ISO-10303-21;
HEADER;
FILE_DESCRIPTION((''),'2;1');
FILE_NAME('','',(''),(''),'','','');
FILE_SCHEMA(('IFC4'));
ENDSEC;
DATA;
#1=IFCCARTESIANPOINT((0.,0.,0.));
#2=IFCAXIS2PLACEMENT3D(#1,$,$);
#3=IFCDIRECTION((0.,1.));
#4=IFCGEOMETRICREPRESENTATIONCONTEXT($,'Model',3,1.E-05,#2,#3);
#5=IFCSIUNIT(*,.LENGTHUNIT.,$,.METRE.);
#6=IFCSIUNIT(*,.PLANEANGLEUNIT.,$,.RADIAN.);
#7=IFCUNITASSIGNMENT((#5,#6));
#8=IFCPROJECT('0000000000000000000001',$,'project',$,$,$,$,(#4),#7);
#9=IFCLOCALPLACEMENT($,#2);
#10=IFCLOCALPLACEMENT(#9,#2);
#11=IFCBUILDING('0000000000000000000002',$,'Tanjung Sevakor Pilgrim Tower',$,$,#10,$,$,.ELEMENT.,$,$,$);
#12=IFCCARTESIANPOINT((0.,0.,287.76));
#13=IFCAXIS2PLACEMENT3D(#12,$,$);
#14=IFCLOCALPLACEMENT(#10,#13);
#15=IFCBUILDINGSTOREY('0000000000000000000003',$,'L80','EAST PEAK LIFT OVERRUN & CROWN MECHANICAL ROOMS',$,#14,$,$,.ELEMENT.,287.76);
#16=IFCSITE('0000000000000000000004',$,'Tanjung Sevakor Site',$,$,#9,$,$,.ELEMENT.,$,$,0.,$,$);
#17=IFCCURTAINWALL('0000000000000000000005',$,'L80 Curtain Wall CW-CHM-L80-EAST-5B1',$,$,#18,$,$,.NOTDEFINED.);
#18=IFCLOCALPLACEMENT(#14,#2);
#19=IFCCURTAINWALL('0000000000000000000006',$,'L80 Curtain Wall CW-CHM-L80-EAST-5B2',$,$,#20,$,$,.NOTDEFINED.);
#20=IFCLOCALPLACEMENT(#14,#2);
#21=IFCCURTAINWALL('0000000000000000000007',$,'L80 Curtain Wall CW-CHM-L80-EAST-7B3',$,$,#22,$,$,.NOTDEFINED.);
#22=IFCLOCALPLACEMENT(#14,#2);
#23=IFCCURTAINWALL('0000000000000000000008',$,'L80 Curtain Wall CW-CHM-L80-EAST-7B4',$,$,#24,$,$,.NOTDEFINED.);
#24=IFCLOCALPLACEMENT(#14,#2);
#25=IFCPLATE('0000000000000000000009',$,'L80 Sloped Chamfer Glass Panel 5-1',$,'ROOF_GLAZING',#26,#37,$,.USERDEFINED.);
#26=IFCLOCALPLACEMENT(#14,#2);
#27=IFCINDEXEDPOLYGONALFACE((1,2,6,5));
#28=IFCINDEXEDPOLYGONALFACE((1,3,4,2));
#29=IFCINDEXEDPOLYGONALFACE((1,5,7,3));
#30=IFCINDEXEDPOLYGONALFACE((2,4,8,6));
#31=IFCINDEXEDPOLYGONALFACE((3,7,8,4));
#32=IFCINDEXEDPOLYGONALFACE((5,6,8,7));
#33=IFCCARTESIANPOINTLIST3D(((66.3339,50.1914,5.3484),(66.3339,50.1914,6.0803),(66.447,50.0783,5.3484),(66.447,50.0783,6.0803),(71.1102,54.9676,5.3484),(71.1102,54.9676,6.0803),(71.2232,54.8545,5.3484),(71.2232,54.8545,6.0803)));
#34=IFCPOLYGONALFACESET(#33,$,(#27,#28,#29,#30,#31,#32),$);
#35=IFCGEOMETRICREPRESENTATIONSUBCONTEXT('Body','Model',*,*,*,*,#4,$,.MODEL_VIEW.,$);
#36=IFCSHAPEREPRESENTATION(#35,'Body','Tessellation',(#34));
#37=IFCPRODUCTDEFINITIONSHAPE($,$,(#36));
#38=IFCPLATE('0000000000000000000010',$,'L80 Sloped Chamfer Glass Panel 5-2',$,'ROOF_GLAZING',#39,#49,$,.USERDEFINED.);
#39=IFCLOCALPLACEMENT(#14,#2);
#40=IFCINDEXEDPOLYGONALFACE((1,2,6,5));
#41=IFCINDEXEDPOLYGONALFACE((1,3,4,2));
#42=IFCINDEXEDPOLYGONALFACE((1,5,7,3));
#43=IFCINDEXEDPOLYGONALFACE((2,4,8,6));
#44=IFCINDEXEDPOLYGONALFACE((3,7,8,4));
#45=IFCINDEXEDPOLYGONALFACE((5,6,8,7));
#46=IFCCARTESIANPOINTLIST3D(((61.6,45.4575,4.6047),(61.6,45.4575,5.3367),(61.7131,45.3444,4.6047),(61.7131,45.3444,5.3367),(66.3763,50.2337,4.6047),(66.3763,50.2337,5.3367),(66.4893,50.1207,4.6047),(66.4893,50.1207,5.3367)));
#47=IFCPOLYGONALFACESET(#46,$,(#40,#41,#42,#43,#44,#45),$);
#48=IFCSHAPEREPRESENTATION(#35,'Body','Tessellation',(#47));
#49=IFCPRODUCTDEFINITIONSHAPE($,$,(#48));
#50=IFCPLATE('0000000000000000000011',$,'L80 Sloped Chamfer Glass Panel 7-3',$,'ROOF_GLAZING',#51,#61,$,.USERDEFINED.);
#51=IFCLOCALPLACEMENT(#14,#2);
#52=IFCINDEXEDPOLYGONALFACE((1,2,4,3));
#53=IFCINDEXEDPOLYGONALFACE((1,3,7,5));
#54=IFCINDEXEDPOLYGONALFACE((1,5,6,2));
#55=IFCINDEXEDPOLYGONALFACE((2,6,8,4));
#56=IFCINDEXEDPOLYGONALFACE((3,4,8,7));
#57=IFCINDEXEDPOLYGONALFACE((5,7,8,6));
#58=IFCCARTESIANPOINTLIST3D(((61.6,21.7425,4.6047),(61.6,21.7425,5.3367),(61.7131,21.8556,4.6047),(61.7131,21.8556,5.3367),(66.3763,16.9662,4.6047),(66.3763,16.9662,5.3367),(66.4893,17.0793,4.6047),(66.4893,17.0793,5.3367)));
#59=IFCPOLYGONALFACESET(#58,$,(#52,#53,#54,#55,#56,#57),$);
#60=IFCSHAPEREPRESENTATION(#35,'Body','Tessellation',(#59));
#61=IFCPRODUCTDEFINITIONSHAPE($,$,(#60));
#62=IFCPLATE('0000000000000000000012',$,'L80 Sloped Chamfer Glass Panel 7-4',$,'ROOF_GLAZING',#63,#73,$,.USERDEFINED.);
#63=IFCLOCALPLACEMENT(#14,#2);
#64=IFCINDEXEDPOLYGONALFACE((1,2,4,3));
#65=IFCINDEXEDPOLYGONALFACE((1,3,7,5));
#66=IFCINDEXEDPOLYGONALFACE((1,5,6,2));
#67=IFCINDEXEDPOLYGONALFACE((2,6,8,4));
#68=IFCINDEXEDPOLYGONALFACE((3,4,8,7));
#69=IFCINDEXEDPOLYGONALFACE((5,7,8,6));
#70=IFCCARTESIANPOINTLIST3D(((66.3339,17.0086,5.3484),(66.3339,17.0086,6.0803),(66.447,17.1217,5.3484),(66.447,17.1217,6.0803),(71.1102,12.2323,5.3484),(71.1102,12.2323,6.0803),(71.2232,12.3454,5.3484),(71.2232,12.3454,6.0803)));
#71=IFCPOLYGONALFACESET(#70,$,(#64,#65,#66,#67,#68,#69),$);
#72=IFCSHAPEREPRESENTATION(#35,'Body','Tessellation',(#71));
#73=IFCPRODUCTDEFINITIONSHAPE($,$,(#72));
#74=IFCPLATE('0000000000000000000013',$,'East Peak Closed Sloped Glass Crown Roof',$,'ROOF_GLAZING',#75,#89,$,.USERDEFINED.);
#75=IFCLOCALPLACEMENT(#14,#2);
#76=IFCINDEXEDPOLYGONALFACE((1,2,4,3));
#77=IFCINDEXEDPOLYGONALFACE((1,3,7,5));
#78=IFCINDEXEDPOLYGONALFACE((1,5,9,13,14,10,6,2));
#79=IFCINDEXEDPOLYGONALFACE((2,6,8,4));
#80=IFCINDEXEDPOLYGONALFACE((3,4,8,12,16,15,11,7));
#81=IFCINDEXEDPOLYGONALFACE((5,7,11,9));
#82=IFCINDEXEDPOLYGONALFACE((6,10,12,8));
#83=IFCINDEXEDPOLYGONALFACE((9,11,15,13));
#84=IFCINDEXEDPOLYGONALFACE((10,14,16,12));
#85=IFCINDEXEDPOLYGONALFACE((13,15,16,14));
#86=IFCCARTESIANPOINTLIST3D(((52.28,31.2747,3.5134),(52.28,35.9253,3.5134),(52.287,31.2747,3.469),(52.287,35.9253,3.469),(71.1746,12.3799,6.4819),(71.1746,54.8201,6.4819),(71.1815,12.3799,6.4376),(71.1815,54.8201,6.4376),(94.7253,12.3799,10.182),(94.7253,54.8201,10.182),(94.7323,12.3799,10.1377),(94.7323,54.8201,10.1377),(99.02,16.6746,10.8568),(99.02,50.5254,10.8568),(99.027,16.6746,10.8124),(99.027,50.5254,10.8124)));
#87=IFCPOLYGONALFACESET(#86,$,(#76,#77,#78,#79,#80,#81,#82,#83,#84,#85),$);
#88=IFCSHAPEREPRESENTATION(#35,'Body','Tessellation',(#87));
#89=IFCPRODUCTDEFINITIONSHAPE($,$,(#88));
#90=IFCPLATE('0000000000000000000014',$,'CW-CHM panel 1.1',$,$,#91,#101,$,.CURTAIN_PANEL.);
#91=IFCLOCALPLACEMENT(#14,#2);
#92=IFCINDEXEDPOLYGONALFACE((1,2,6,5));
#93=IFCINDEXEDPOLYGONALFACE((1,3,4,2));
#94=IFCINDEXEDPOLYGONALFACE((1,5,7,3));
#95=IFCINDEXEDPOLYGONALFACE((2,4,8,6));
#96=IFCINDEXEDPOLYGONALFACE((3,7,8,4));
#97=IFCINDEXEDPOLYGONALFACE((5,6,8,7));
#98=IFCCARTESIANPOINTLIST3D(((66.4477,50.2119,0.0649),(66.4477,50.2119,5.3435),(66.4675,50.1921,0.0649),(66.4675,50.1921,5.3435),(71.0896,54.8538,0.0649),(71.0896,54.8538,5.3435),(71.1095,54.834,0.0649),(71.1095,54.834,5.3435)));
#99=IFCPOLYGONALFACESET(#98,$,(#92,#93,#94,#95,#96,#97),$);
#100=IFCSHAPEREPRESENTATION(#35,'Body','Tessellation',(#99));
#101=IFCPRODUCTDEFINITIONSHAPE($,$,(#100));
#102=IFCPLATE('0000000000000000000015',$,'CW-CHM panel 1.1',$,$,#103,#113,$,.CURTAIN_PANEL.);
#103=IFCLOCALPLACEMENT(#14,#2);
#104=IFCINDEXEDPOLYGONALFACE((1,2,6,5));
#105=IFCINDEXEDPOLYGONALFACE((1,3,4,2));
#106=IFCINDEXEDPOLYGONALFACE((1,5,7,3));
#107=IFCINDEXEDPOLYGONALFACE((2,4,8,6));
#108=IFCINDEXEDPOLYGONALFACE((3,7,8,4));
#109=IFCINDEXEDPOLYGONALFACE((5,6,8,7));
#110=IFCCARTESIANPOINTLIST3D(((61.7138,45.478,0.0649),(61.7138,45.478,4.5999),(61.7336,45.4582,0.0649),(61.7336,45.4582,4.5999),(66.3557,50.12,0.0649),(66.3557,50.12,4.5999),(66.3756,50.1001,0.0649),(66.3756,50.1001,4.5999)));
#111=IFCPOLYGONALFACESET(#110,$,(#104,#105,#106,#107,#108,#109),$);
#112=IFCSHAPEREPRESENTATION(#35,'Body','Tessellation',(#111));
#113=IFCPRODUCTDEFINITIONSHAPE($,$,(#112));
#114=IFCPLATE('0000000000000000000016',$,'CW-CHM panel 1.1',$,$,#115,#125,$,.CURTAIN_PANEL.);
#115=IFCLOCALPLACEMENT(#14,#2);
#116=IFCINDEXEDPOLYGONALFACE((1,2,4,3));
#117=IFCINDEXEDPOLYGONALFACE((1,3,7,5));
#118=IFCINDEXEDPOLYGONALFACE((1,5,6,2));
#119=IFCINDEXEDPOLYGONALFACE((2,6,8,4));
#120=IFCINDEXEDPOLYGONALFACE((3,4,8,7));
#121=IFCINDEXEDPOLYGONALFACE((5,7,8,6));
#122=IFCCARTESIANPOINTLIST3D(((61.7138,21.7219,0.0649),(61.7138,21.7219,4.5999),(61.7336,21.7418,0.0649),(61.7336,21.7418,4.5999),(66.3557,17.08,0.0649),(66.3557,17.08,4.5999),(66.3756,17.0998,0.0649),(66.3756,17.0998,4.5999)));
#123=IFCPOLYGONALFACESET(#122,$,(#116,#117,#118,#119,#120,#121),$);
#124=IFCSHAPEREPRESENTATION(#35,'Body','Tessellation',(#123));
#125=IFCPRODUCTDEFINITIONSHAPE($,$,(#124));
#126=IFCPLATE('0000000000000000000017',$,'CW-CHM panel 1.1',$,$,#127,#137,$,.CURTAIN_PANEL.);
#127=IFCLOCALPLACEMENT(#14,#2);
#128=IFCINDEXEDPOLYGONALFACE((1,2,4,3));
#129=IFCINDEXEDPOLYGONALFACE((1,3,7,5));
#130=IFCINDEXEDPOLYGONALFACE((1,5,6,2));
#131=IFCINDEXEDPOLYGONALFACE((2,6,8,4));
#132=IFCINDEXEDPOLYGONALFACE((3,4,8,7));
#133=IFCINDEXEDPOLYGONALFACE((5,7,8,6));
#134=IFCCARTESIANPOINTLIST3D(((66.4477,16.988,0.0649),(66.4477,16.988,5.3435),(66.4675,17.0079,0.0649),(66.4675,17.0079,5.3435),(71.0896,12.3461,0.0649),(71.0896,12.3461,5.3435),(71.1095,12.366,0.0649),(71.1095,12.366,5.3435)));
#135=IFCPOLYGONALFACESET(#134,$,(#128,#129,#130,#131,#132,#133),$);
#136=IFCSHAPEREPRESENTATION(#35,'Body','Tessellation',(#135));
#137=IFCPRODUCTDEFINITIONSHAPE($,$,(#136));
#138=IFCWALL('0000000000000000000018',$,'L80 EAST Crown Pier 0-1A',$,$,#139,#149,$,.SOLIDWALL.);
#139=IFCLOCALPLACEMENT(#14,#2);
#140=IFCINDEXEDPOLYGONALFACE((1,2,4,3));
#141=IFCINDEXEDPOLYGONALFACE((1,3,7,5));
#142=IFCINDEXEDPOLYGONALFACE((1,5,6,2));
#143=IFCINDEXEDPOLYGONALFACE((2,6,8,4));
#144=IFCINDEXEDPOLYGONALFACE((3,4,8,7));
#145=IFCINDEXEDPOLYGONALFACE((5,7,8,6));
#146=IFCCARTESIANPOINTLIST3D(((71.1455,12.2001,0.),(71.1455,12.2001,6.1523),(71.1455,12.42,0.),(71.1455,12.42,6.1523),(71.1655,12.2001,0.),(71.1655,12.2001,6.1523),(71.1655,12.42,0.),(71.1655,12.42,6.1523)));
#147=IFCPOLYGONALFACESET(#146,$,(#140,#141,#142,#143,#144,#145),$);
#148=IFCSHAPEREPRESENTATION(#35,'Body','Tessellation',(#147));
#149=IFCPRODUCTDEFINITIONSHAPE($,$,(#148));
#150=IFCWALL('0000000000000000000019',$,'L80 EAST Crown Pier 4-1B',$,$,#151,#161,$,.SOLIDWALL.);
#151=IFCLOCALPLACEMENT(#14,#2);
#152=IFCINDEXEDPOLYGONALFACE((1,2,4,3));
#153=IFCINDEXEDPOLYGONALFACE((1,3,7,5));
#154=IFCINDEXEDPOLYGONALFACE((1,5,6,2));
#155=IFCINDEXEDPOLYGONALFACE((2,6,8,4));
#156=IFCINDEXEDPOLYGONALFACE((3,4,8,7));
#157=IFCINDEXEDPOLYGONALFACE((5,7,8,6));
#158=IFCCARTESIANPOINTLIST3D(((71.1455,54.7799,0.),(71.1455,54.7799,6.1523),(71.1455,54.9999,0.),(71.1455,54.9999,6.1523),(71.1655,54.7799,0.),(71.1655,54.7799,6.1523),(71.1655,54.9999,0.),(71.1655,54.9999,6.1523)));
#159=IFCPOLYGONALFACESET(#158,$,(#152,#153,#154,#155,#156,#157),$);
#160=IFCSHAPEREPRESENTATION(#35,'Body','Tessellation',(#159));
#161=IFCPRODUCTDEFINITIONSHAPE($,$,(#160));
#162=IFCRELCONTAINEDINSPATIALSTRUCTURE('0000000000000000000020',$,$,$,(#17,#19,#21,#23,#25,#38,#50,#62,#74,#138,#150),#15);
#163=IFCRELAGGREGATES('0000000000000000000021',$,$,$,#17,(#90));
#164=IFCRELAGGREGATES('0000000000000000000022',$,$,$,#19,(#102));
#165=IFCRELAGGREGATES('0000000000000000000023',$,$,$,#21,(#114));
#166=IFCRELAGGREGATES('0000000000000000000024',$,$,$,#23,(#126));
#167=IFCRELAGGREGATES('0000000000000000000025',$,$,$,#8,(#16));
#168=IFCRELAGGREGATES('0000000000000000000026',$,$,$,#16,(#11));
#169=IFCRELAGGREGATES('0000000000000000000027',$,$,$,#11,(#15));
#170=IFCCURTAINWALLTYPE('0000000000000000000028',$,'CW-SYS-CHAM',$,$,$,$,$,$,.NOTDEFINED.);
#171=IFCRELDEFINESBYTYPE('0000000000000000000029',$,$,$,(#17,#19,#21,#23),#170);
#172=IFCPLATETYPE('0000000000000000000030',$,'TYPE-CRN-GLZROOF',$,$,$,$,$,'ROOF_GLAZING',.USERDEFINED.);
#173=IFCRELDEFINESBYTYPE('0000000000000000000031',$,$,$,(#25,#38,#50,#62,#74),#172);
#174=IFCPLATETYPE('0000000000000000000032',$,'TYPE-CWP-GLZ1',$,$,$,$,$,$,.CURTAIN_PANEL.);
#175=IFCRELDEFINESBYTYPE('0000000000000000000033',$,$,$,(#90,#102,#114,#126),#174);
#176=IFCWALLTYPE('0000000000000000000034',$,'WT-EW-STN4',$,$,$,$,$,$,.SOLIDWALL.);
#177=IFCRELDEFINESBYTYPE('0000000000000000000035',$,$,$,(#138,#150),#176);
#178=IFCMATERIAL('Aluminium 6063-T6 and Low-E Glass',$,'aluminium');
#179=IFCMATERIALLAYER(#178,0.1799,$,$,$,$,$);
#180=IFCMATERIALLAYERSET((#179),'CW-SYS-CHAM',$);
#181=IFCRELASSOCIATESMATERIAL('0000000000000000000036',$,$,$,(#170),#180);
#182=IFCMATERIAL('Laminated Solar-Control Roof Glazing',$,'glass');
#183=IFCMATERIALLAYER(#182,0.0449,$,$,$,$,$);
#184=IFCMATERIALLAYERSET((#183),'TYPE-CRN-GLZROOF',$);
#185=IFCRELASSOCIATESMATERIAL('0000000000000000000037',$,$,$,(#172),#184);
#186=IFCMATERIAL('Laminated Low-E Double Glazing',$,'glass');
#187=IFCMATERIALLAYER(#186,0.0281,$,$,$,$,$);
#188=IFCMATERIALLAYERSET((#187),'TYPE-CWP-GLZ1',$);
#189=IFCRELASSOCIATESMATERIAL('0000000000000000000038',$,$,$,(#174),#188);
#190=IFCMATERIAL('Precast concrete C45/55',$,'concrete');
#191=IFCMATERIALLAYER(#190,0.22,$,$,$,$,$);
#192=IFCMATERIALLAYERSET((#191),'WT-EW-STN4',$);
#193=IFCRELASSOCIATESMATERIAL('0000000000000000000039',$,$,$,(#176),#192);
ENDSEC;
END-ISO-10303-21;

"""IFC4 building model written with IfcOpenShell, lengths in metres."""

from ifc_helpers import new_model, si_unit, direction, frame, frame_2d, origin, origin_2d, place, context, subcontext, project, spatial, polyline, rectangle, outline, extrude, material, layer, layer_set, type_object, element, aggregate, save


model = new_model("IFC4")

# Units and contexts
model_context = context("Model", 3, precision=1e-05, world=origin(), true_north=direction((0.0, 1.0)))
body_context = subcontext(model_context, "Body", "Model", "MODEL_VIEW")
ifc_project = project(units=[si_unit("LENGTHUNIT", "METRE"), si_unit("PLANEANGLEUNIT", "RADIAN")], contexts=[model_context])

# Site, building, storey
site_placement = place(None, origin())
site = spatial("IfcSite", under=ifc_project, at=site_placement, Name="Tanjung Sevakor Site", CompositionType="ELEMENT", RefElevation=0.0)
building_placement = place(site_placement, origin())
building = spatial("IfcBuilding", under=site, at=building_placement, Name="Tanjung Sevakor Pilgrim Tower", CompositionType="ELEMENT")
storey_placement = place(building_placement, frame((0.0, 0.0, 287.76)))
storey = spatial("IfcBuildingStorey", under=building, at=storey_placement, Name="L80", Description="EAST PEAK LIFT OVERRUN & CROWN MECHANICAL ROOMS", CompositionType="ELEMENT", Elevation=287.76)

# Curtain wall
ifc_material_1 = material(Name="Aluminium 6063-T6 and Low-E Glass", Category="aluminium")
ifc_layer_1 = layer(ifc_material_1, 0.1799)
ifc_layer_set_1 = layer_set([ifc_layer_1], Name="CW-SYS-CHAM")
curtain_wall_type_1 = type_object("IfcCurtainWallType", Name="CW-SYS-CHAM", PredefinedType="NOTDEFINED", material=ifc_layer_set_1)
curtain_wall_1_placement = place(storey_placement, origin())
curtain_wall_1 = element("IfcCurtainWall", 1, at=curtain_wall_1_placement, inside=storey, type_object=curtain_wall_type_1, Name="L80 Curtain Wall CW-CHM-L80-EAST-5B1", PredefinedType="NOTDEFINED")

# Curtain walls
curtain_wall_2_placement = place(storey_placement, origin())
curtain_wall_2 = element("IfcCurtainWall", 2, at=curtain_wall_2_placement, inside=storey, type_object=curtain_wall_type_1, Name="L80 Curtain Wall CW-CHM-L80-EAST-5B2", PredefinedType="NOTDEFINED")
curtain_wall_3_placement = place(storey_placement, origin())
curtain_wall_3 = element("IfcCurtainWall", 3, at=curtain_wall_3_placement, inside=storey, type_object=curtain_wall_type_1, Name="L80 Curtain Wall CW-CHM-L80-EAST-7B3", PredefinedType="NOTDEFINED")

# Curtain wall
curtain_wall_4_placement = place(storey_placement, origin())
curtain_wall_4 = element("IfcCurtainWall", 4, at=curtain_wall_4_placement, inside=storey, type_object=curtain_wall_type_1, Name="L80 Curtain Wall CW-CHM-L80-EAST-7B4", PredefinedType="NOTDEFINED")

# Plates
ifc_material_2 = material(Name="Laminated Solar-Control Roof Glazing", Category="glass")
ifc_layer_2 = layer(ifc_material_2, 0.0449)
ifc_layer_set_2 = layer_set([ifc_layer_2], Name="TYPE-CRN-GLZROOF")
plate_type_1 = type_object("IfcPlateType", Name="TYPE-CRN-GLZROOF", ElementType="ROOF_GLAZING", PredefinedType="USERDEFINED", material=ifc_layer_set_2)
for number, where, z_axis, x_axis, name in (
    (5, (68.7786, 52.5229, 5.3484), (0.0, 0.0, 1.0), (-0.707107, -0.707107, 0.0), "L80 Sloped Chamfer Glass Panel 5-1"),
    (6, (64.0447, 47.7891, 4.6047), (0.0, 0.0, 1.0), (-0.707107, -0.707107, 0.0), "L80 Sloped Chamfer Glass Panel 5-2"),
    (7, (64.0447, 19.4109, 4.6047), (0.0, 0.0, 1.0), (0.707107, -0.707107, 0.0), "L80 Sloped Chamfer Glass Panel 7-3"),
    (8, (68.7786, 14.677, 5.3484), (0.0, 0.0, 1.0), (0.707107, -0.707107, 0.0), "L80 Sloped Chamfer Glass Panel 7-4"),
):
    element("IfcPlate", number, at=place(storey_placement, frame(where, z_axis=z_axis, x_axis=x_axis)), inside=storey, type_object=plate_type_1, Name=name, ObjectType="ROOF_GLAZING", PredefinedType="USERDEFINED", context=body_context, shape_type="SweptSolid", body=[
        extrude(rectangle(XDim=6.7546, YDim=0.1599, at=origin_2d()), origin(), (0.0, 0.0, 1.0), 0.7319),
    ])
plate_1_placement = place(storey_placement, frame((71.1746, 12.3799, 6.4819), z_axis=(-0.155208, 0.0, 0.987882), x_axis=(0.987882, 0.0, 0.155208)))
element("IfcPlate", 9, at=plate_1_placement, inside=storey, type_object=plate_type_1, Name="East Peak Closed Sloped Glass Crown Roof", ObjectType="ROOF_GLAZING", PredefinedType="USERDEFINED", context=body_context, shape_type="SweptSolid", body=[
    extrude(outline(polyline([(0.0, 0.0), (23.8397, 0.0), (28.187, 4.2947), (28.187, 38.1455), (23.8397, 42.4402), (0.0, 42.4402), (-19.1263, 23.5454), (-19.1263, 18.8948), (0.0, 0.0)])), origin(), (0.0, 0.0, -1.0), 0.0449),
])

# Plates
ifc_material_3 = material(Name="Laminated Low-E Double Glazing", Category="glass")
ifc_layer_3 = layer(ifc_material_3, 0.0281)
ifc_layer_set_3 = layer_set([ifc_layer_3], Name="TYPE-CWP-GLZ1")
plate_type_2 = type_object("IfcPlateType", Name="TYPE-CWP-GLZ1", PredefinedType="CURTAIN_PANEL", material=ifc_layer_set_3)
plate_2_placement = place(storey_placement, frame((68.7786, 52.5229, 0.0649), z_axis=(0.0, 0.0, 1.0), x_axis=(-0.707107, -0.707107, 0.0)))
plate_2 = element("IfcPlate", 10, at=plate_2_placement, type_object=plate_type_2, Name="CW-CHM panel 1.1", PredefinedType="CURTAIN_PANEL", context=body_context, shape_type="SweptSolid", body=[
    extrude(rectangle(XDim=6.5647, YDim=0.0281, at=origin_2d()), origin(), (0.0, 0.0, 1.0), 5.2786),
])
aggregate(curtain_wall_1, [plate_2])
plate_3_placement = place(storey_placement, frame((64.0447, 47.7891, 0.0649), z_axis=(0.0, 0.0, 1.0), x_axis=(-0.707107, -0.707107, 0.0)))
plate_3 = element("IfcPlate", 11, at=plate_3_placement, type_object=plate_type_2, Name="CW-CHM panel 1.1", PredefinedType="CURTAIN_PANEL", context=body_context, shape_type="SweptSolid", body=[
    extrude(rectangle(XDim=6.5647, YDim=0.0281, at=origin_2d()), origin(), (0.0, 0.0, 1.0), 4.5349),
])
aggregate(curtain_wall_2, [plate_3])
plate_4_placement = place(storey_placement, frame((64.0447, 19.4109, 0.0649), z_axis=(0.0, 0.0, 1.0), x_axis=(0.707107, -0.707107, 0.0)))
plate_4 = element("IfcPlate", 12, at=plate_4_placement, type_object=plate_type_2, Name="CW-CHM panel 1.1", PredefinedType="CURTAIN_PANEL", context=body_context, shape_type="SweptSolid", body=[
    extrude(rectangle(XDim=6.5647, YDim=0.0281, at=origin_2d()), origin(), (0.0, 0.0, 1.0), 4.5349),
])
aggregate(curtain_wall_3, [plate_4])
plate_5_placement = place(storey_placement, frame((68.7786, 14.677, 0.0649), z_axis=(0.0, 0.0, 1.0), x_axis=(0.707107, -0.707107, 0.0)))
plate_5 = element("IfcPlate", 13, at=plate_5_placement, type_object=plate_type_2, Name="CW-CHM panel 1.1", PredefinedType="CURTAIN_PANEL", context=body_context, shape_type="SweptSolid", body=[
    extrude(rectangle(XDim=6.5647, YDim=0.0281, at=origin_2d()), origin(), (0.0, 0.0, 1.0), 5.2786),
])
aggregate(curtain_wall_4, [plate_5])

# Walls
ifc_material_4 = material(Name="Precast concrete C45/55", Category="concrete")
ifc_layer_4 = layer(ifc_material_4, 0.22)
ifc_layer_set_4 = layer_set([ifc_layer_4], Name="WT-EW-STN4")
wall_type = type_object("IfcWallType", Name="WT-EW-STN4", PredefinedType="SOLIDWALL", material=ifc_layer_set_4)
for number, where, z_axis, x_axis, name in (
    (14, (71.1455, 12.3101, 0.0), (0.0, 0.0, 1.0), (1.0, 0.0, 0.0), "L80 EAST Crown Pier 0-1A"),
    (15, (71.1655, 54.8899, 0.0), (0.0, 0.0, 1.0), (-1.0, 0.0, 0.0), "L80 EAST Crown Pier 4-1B"),
):
    element("IfcWall", number, at=place(storey_placement, frame(where, z_axis=z_axis, x_axis=x_axis)), inside=storey, type_object=wall_type, Name=name, PredefinedType="SOLIDWALL", context=body_context, shape_type="SweptSolid", body=[
        extrude(rectangle(XDim=0.02, YDim=0.22, at=frame_2d((0.01, 0.0))), origin(), (0.0, 0.0, 1.0), 6.1523),
    ])

save(model, "model.ifc")
